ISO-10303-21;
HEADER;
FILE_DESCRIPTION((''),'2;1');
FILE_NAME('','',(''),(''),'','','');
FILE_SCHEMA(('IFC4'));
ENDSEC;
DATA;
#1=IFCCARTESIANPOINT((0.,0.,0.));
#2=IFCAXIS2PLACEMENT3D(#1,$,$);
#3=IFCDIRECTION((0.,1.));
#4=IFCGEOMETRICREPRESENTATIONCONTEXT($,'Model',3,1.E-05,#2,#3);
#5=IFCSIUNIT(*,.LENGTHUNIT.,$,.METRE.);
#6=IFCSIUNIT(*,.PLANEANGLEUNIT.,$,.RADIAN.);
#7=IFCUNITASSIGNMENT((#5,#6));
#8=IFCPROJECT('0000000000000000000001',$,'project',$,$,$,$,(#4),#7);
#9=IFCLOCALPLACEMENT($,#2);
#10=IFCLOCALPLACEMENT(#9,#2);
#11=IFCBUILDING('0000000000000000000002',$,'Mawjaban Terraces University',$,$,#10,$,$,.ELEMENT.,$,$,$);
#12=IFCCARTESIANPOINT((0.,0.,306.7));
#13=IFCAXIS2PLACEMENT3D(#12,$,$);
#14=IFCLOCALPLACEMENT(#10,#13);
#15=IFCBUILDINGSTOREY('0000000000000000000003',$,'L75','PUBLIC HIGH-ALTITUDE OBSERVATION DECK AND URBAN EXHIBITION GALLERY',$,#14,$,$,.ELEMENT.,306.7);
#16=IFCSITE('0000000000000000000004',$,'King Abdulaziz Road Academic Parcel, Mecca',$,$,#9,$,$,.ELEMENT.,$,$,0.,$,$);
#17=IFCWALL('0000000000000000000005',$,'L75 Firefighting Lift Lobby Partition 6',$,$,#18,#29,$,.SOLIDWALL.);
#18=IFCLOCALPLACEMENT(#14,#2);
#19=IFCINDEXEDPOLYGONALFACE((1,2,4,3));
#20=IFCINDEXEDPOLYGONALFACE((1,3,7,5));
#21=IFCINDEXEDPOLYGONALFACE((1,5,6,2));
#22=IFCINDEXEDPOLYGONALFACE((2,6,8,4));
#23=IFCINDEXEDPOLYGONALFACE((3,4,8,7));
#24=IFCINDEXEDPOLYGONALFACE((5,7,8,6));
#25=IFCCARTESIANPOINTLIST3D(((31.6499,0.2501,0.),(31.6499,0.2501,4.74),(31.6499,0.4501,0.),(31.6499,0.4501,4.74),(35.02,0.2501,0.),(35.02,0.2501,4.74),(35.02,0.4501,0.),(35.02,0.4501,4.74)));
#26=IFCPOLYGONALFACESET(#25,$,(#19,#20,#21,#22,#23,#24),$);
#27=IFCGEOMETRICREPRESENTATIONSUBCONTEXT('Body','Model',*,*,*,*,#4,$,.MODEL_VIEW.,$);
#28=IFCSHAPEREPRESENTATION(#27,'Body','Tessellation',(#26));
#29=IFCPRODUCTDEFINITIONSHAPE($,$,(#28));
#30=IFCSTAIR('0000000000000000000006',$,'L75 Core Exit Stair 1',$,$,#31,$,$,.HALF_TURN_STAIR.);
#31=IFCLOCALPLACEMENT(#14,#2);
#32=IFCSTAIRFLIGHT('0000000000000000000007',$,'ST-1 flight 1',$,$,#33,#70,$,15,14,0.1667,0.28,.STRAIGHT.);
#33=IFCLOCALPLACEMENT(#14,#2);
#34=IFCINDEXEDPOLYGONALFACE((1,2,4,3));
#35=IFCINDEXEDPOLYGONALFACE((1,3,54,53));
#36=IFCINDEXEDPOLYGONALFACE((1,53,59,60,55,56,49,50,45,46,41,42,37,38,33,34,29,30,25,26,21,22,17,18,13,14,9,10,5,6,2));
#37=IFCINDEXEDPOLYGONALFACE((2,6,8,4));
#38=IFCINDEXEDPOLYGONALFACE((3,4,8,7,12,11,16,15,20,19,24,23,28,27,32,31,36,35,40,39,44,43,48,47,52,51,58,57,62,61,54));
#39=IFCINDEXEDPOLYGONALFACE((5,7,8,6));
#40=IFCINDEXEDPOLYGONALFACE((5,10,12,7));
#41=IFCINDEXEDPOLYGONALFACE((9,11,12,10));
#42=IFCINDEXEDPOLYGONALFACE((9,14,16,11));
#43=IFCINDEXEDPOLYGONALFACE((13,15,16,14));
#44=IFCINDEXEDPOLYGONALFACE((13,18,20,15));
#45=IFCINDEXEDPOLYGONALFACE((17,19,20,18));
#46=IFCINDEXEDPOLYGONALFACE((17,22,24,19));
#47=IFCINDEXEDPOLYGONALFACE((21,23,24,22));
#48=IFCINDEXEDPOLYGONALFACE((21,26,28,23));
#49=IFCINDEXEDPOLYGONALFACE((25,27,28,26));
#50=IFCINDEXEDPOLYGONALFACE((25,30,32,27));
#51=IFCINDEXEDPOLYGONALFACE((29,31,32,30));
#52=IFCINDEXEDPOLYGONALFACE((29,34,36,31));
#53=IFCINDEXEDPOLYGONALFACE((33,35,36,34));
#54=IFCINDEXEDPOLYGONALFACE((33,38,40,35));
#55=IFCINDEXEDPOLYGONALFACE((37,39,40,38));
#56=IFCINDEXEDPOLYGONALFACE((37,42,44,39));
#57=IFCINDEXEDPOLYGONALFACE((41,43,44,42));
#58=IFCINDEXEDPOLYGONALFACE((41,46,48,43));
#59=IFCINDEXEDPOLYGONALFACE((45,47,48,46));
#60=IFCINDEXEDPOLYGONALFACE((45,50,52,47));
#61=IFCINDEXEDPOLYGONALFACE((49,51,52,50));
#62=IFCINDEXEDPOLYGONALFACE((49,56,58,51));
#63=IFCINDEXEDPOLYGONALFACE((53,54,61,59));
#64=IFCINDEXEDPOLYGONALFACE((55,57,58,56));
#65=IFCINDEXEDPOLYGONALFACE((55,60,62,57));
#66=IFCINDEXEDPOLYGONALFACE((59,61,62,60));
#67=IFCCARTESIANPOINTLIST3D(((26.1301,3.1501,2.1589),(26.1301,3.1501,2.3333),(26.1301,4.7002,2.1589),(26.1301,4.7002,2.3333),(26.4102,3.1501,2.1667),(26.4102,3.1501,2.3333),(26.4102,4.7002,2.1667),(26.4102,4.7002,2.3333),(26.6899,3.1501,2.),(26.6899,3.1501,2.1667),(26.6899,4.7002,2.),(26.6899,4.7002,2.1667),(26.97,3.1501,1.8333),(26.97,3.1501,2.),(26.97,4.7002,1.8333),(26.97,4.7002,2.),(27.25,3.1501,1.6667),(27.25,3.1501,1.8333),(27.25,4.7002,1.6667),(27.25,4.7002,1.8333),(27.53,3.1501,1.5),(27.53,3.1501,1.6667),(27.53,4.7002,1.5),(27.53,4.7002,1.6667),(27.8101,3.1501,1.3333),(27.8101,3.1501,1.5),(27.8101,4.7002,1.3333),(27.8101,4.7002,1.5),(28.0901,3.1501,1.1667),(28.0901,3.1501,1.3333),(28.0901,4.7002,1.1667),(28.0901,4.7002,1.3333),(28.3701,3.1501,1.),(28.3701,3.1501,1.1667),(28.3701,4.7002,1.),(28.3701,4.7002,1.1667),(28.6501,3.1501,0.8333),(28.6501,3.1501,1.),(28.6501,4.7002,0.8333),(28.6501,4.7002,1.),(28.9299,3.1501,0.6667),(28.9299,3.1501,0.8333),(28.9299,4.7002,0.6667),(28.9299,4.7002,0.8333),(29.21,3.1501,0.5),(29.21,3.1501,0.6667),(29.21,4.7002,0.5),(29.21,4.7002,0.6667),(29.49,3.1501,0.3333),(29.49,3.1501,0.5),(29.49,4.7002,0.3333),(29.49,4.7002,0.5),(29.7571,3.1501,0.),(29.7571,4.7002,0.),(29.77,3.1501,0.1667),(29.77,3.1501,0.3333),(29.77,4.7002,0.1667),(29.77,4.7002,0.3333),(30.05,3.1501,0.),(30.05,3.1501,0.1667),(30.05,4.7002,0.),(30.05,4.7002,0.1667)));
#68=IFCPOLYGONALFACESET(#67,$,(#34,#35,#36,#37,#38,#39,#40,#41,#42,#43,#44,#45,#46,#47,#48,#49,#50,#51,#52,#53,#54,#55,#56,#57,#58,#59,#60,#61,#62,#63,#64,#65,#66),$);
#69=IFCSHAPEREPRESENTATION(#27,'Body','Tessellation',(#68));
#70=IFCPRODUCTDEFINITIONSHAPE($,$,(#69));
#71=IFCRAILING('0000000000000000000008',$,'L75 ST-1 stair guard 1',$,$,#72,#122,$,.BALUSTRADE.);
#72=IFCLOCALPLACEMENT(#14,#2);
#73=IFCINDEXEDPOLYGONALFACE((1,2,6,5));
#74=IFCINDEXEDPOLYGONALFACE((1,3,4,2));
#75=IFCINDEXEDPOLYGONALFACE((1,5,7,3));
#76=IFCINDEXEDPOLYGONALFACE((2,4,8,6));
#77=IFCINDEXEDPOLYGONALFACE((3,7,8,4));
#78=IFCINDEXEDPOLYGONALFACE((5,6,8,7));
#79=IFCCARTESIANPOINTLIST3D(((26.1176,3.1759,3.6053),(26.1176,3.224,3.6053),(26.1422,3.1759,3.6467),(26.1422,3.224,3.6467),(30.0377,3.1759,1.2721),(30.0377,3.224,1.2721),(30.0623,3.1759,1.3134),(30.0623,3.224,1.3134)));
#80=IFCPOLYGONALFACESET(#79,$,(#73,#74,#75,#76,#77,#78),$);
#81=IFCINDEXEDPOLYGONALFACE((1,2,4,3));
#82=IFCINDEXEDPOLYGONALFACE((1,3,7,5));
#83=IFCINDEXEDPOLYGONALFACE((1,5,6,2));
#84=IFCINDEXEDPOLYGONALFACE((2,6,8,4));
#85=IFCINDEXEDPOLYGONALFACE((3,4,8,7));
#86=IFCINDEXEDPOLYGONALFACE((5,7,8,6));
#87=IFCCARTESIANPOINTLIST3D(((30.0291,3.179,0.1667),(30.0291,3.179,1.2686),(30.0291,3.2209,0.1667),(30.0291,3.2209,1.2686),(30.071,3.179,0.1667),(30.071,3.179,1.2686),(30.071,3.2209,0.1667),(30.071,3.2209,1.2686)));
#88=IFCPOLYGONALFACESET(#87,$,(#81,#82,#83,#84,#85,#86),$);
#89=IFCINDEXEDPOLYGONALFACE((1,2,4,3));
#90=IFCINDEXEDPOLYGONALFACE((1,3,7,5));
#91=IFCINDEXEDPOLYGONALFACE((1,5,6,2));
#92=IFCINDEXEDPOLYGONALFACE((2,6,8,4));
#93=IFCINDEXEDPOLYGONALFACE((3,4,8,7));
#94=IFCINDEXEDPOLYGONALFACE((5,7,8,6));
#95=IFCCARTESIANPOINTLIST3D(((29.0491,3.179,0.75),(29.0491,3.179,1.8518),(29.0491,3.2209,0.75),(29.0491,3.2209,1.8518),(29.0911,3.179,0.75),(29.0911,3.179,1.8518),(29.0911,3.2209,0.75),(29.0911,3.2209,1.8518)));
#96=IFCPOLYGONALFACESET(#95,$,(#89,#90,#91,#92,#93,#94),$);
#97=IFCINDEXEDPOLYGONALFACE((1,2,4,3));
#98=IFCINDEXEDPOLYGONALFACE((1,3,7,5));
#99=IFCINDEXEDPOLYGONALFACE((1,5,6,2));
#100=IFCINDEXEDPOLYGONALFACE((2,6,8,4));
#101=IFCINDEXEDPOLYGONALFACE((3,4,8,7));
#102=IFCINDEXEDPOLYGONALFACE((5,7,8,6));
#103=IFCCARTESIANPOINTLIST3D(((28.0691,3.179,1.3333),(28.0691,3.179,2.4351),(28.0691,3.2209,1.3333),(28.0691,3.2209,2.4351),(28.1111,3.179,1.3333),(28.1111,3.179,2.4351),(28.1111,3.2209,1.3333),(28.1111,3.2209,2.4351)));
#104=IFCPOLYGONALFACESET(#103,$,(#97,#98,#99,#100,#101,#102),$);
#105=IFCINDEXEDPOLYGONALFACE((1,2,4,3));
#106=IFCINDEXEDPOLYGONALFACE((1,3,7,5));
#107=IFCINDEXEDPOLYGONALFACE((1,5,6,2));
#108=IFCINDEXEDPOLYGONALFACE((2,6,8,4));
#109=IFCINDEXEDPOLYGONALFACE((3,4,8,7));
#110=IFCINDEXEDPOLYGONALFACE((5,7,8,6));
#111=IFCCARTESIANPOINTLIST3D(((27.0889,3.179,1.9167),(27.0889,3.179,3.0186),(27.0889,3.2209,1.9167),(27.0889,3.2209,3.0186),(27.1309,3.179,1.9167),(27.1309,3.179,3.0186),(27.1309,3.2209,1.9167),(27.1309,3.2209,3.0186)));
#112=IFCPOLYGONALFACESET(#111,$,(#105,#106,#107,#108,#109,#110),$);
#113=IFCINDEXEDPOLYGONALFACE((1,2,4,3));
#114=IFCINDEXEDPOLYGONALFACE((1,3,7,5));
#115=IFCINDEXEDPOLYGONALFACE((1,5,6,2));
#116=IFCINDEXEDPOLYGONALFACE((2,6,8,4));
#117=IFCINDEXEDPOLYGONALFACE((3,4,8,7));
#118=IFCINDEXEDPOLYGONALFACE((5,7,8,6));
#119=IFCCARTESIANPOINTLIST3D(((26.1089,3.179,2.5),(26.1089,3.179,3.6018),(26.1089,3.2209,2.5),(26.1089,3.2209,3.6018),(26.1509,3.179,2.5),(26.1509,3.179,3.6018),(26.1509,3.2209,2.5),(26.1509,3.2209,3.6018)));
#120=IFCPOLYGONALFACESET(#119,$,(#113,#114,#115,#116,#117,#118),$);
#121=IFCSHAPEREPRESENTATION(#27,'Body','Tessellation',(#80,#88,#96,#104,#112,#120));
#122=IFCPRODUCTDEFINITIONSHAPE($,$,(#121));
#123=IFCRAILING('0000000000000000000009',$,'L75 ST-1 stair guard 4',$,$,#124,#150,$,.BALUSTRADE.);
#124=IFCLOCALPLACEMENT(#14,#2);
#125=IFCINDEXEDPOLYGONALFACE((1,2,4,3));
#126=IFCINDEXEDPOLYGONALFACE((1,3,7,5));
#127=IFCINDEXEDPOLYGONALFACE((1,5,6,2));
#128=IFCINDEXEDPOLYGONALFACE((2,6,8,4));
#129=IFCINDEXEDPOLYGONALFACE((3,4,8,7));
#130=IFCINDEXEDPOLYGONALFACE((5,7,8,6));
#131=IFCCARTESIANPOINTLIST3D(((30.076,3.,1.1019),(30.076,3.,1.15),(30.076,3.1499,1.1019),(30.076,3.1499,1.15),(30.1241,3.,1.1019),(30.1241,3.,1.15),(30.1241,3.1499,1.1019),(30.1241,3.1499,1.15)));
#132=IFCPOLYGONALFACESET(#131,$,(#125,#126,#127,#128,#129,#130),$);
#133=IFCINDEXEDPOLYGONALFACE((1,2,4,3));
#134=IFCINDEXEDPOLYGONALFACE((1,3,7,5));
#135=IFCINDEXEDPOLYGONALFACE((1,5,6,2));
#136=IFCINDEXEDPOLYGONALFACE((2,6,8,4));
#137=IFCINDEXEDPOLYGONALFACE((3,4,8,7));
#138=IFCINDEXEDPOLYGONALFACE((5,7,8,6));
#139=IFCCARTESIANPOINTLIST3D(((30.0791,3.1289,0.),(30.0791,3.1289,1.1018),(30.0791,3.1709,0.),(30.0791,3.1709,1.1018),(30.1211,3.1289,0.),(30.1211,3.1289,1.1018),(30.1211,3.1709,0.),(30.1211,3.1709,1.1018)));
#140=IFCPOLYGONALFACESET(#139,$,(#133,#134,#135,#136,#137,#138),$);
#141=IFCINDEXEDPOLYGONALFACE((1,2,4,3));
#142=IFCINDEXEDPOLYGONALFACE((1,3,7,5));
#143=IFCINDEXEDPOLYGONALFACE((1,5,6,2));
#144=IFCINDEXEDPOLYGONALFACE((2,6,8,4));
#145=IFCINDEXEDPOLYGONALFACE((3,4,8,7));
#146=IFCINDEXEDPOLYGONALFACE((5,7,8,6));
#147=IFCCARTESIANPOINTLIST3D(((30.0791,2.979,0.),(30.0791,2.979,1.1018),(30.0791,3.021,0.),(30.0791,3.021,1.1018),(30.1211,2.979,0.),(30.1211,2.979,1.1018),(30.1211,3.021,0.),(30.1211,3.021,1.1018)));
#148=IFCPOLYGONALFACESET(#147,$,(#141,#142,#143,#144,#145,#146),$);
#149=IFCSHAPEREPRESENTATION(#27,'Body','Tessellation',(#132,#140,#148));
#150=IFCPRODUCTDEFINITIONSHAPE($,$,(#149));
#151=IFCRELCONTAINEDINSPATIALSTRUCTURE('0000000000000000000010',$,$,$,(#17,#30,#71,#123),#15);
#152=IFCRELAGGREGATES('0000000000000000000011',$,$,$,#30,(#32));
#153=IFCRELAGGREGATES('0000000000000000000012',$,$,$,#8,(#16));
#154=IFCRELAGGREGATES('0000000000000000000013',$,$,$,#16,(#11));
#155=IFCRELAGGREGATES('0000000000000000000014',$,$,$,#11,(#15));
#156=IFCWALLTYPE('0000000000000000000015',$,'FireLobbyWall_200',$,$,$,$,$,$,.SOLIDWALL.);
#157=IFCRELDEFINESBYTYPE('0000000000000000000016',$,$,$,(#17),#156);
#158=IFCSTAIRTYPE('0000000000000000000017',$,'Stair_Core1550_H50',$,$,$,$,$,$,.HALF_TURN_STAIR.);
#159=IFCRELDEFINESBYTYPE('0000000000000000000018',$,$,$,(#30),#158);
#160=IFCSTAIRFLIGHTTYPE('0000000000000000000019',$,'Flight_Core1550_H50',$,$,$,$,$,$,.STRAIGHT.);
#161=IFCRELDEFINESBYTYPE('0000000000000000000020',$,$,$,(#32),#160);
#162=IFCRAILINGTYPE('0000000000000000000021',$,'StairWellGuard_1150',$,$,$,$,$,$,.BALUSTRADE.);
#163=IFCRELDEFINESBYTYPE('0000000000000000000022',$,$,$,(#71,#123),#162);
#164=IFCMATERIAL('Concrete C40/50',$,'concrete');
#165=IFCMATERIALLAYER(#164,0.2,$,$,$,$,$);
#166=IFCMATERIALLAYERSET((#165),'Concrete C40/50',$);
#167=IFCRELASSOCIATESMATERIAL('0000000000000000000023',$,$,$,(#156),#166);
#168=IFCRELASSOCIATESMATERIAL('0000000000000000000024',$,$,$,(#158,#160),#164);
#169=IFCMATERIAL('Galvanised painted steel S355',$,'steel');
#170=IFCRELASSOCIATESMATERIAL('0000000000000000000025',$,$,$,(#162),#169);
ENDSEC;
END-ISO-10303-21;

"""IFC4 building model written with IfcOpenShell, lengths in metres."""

from ifc_helpers import new_model, si_unit, direction, frame, frame_2d, origin, origin_2d, place, context, subcontext, project, spatial, polyline, rectangle, outline, extrude, material, layer, layer_set, type_object, element, aggregate, save


model = new_model("IFC4")

# Units and contexts
model_context = context("Model", 3, precision=1e-05, world=origin(), true_north=direction((0.0, 1.0)))
body_context = subcontext(model_context, "Body", "Model", "MODEL_VIEW")
ifc_project = project(units=[si_unit("LENGTHUNIT", "METRE"), si_unit("PLANEANGLEUNIT", "RADIAN")], contexts=[model_context])

# Site, building, storey
site_placement = place(None, origin())
site = spatial("IfcSite", under=ifc_project, at=site_placement, Name="King Abdulaziz Road Academic Parcel, Mecca", CompositionType="ELEMENT", RefElevation=0.0)
building_placement = place(site_placement, origin())
building = spatial("IfcBuilding", under=site, at=building_placement, Name="Mawjaban Terraces University", CompositionType="ELEMENT")
storey_placement = place(building_placement, frame((0.0, 0.0, 306.7)))
storey = spatial("IfcBuildingStorey", under=building, at=storey_placement, Name="L75", Description="PUBLIC HIGH-ALTITUDE OBSERVATION DECK AND URBAN EXHIBITION GALLERY", CompositionType="ELEMENT", Elevation=306.7)

# Shared definitions
ifc_material_1 = material(Name="Concrete C40/50", Category="concrete")
ifc_layer_1 = layer(ifc_material_1, 0.2)
ifc_layer_set_1 = layer_set([ifc_layer_1], Name="Concrete C40/50")
wall_type_1 = type_object("IfcWallType", Name="FireLobbyWall_200", PredefinedType="SOLIDWALL", material=ifc_layer_set_1)

# Wall
wall_1_placement = place(storey_placement, frame((31.6499, 0.3501, 0.0), z_axis=(0.0, 0.0, 1.0), x_axis=(1.0, 0.0, 0.0)))
element("IfcWall", 1, at=wall_1_placement, inside=storey, type_object=wall_type_1, Name="L75 Firefighting Lift Lobby Partition 6", PredefinedType="SOLIDWALL", context=body_context, shape_type="SweptSolid", body=[
    extrude(rectangle(XDim=3.3701, YDim=0.2, at=frame_2d((1.6851, 0.0))), origin(), (0.0, 0.0, 1.0), 4.74),
])

# Stair, stair flight
stair_type = type_object("IfcStairType", Name="Stair_Core1550_H50", PredefinedType="HALF_TURN_STAIR", material=ifc_material_1)
stair_placement = place(storey_placement, origin())
stair = element("IfcStair", 2, at=stair_placement, inside=storey, type_object=stair_type, Name="L75 Core Exit Stair 1", PredefinedType="HALF_TURN_STAIR")
stair_flight_type = type_object("IfcStairFlightType", Name="Flight_Core1550_H50", PredefinedType="STRAIGHT", material=ifc_material_1)
stair_flight_placement = place(storey_placement, frame((30.05, 3.925, 0.0), z_axis=(0.0, 0.0, 1.0), x_axis=(-1.0, 0.0, 0.0)))
stair_flight = element("IfcStairFlight", 3, at=stair_flight_placement, type_object=stair_flight_type, Name="ST-1 flight 1", NumberOfRisers=15, NumberOfTreads=14, PredefinedType="STRAIGHT", RiserHeight=0.1667, TreadLength=0.28, context=body_context, shape_type="SweptSolid", body=[
    extrude(outline(polyline([(0.0, 0.0), (0.0, 0.1667), (0.28, 0.1667), (0.28, 0.3333), (0.5601, 0.3333), (0.5601, 0.5), (0.8401, 0.5), (0.8401, 0.6667), (1.1201, 0.6667), (1.1201, 0.8333), (1.3999, 0.8333), (1.3999, 1.0), (1.6799, 1.0), (1.6799, 1.1667), (1.96, 1.1667), (1.96, 1.3333), (2.24, 1.3333), (2.24, 1.5), (2.52, 1.5), (2.52, 1.6667), (2.8, 1.6667), (2.8, 1.8333), (3.0801, 1.8333), (3.0801, 2.0), (3.3601, 2.0), (3.3601, 2.1667), (3.6399, 2.1667), (3.6399, 2.3333), (3.9199, 2.3333), (3.9199, 2.5), (3.9199, 2.1589), (0.293, 0.0), (0.0, 0.0)])), frame((0.0, 0.7749, 0.0), z_axis=(0.0, -1.0, 0.0), x_axis=(1.0, 0.0, 0.0)), (0.0, 0.0, 1.0), 1.55),
])
aggregate(stair, [stair_flight])

# Railings
ifc_material_2 = material(Name="Galvanised painted steel S355", Category="steel")
railing_type = type_object("IfcRailingType", Name="StairWellGuard_1150", PredefinedType="BALUSTRADE", material=ifc_material_2)
railing_1_placement = place(storey_placement, frame((30.05, 3.2, 0.1667)))
element("IfcRailing", 4, at=railing_1_placement, inside=storey, type_object=railing_type, Name="L75 ST-1 stair guard 1", PredefinedType="BALUSTRADE", context=body_context, shape_type="SweptSolid", body=[
    extrude(rectangle(XDim=0.0481, YDim=0.0481, at=origin_2d()), frame((0.0, 0.0, 1.126), z_axis=(-0.85931, 0.0, 0.511455), x_axis=(0.0, -1.0, 0.0)), (0.0, 0.0, 1.0), 4.562),
    extrude(rectangle(XDim=0.042, YDim=0.042, at=origin_2d()), origin(), (0.0, 0.0, 1.0), 1.1018),
    extrude(rectangle(XDim=0.042, YDim=0.042, at=origin_2d()), frame((-0.98, 0.0, 0.5833)), (0.0, 0.0, 1.0), 1.1018),
    extrude(rectangle(XDim=0.042, YDim=0.042, at=origin_2d()), frame((-1.96, 0.0, 1.1665)), (0.0, 0.0, 1.0), 1.1018),
    extrude(rectangle(XDim=0.042, YDim=0.042, at=origin_2d()), frame((-2.9402, 0.0, 1.75)), (0.0, 0.0, 1.0), 1.1018),
    extrude(rectangle(XDim=0.042, YDim=0.042, at=origin_2d()), frame((-3.9202, 0.0, 2.3333)), (0.0, 0.0, 1.0), 1.1018),
])
railing_2_placement = place(storey_placement, frame((30.1001, 3.1499, 0.0)))
element("IfcRailing", 5, at=railing_2_placement, inside=storey, type_object=railing_type, Name="L75 ST-1 stair guard 4", PredefinedType="BALUSTRADE", context=body_context, shape_type="SweptSolid", body=[
    extrude(rectangle(XDim=0.0481, YDim=0.0481, at=origin_2d()), frame((0.0, 0.0, 1.126), z_axis=(0.0, -1.0, 0.0), x_axis=(1.0, 0.0, 0.0)), (0.0, 0.0, 1.0), 0.1499),
    extrude(rectangle(XDim=0.042, YDim=0.042, at=origin_2d()), origin(), (0.0, 0.0, 1.0), 1.1018),
    extrude(rectangle(XDim=0.042, YDim=0.042, at=origin_2d()), frame((0.0, -0.1499, 0.0)), (0.0, 0.0, 1.0), 1.1018),
])

save(model, "model.ifc")
